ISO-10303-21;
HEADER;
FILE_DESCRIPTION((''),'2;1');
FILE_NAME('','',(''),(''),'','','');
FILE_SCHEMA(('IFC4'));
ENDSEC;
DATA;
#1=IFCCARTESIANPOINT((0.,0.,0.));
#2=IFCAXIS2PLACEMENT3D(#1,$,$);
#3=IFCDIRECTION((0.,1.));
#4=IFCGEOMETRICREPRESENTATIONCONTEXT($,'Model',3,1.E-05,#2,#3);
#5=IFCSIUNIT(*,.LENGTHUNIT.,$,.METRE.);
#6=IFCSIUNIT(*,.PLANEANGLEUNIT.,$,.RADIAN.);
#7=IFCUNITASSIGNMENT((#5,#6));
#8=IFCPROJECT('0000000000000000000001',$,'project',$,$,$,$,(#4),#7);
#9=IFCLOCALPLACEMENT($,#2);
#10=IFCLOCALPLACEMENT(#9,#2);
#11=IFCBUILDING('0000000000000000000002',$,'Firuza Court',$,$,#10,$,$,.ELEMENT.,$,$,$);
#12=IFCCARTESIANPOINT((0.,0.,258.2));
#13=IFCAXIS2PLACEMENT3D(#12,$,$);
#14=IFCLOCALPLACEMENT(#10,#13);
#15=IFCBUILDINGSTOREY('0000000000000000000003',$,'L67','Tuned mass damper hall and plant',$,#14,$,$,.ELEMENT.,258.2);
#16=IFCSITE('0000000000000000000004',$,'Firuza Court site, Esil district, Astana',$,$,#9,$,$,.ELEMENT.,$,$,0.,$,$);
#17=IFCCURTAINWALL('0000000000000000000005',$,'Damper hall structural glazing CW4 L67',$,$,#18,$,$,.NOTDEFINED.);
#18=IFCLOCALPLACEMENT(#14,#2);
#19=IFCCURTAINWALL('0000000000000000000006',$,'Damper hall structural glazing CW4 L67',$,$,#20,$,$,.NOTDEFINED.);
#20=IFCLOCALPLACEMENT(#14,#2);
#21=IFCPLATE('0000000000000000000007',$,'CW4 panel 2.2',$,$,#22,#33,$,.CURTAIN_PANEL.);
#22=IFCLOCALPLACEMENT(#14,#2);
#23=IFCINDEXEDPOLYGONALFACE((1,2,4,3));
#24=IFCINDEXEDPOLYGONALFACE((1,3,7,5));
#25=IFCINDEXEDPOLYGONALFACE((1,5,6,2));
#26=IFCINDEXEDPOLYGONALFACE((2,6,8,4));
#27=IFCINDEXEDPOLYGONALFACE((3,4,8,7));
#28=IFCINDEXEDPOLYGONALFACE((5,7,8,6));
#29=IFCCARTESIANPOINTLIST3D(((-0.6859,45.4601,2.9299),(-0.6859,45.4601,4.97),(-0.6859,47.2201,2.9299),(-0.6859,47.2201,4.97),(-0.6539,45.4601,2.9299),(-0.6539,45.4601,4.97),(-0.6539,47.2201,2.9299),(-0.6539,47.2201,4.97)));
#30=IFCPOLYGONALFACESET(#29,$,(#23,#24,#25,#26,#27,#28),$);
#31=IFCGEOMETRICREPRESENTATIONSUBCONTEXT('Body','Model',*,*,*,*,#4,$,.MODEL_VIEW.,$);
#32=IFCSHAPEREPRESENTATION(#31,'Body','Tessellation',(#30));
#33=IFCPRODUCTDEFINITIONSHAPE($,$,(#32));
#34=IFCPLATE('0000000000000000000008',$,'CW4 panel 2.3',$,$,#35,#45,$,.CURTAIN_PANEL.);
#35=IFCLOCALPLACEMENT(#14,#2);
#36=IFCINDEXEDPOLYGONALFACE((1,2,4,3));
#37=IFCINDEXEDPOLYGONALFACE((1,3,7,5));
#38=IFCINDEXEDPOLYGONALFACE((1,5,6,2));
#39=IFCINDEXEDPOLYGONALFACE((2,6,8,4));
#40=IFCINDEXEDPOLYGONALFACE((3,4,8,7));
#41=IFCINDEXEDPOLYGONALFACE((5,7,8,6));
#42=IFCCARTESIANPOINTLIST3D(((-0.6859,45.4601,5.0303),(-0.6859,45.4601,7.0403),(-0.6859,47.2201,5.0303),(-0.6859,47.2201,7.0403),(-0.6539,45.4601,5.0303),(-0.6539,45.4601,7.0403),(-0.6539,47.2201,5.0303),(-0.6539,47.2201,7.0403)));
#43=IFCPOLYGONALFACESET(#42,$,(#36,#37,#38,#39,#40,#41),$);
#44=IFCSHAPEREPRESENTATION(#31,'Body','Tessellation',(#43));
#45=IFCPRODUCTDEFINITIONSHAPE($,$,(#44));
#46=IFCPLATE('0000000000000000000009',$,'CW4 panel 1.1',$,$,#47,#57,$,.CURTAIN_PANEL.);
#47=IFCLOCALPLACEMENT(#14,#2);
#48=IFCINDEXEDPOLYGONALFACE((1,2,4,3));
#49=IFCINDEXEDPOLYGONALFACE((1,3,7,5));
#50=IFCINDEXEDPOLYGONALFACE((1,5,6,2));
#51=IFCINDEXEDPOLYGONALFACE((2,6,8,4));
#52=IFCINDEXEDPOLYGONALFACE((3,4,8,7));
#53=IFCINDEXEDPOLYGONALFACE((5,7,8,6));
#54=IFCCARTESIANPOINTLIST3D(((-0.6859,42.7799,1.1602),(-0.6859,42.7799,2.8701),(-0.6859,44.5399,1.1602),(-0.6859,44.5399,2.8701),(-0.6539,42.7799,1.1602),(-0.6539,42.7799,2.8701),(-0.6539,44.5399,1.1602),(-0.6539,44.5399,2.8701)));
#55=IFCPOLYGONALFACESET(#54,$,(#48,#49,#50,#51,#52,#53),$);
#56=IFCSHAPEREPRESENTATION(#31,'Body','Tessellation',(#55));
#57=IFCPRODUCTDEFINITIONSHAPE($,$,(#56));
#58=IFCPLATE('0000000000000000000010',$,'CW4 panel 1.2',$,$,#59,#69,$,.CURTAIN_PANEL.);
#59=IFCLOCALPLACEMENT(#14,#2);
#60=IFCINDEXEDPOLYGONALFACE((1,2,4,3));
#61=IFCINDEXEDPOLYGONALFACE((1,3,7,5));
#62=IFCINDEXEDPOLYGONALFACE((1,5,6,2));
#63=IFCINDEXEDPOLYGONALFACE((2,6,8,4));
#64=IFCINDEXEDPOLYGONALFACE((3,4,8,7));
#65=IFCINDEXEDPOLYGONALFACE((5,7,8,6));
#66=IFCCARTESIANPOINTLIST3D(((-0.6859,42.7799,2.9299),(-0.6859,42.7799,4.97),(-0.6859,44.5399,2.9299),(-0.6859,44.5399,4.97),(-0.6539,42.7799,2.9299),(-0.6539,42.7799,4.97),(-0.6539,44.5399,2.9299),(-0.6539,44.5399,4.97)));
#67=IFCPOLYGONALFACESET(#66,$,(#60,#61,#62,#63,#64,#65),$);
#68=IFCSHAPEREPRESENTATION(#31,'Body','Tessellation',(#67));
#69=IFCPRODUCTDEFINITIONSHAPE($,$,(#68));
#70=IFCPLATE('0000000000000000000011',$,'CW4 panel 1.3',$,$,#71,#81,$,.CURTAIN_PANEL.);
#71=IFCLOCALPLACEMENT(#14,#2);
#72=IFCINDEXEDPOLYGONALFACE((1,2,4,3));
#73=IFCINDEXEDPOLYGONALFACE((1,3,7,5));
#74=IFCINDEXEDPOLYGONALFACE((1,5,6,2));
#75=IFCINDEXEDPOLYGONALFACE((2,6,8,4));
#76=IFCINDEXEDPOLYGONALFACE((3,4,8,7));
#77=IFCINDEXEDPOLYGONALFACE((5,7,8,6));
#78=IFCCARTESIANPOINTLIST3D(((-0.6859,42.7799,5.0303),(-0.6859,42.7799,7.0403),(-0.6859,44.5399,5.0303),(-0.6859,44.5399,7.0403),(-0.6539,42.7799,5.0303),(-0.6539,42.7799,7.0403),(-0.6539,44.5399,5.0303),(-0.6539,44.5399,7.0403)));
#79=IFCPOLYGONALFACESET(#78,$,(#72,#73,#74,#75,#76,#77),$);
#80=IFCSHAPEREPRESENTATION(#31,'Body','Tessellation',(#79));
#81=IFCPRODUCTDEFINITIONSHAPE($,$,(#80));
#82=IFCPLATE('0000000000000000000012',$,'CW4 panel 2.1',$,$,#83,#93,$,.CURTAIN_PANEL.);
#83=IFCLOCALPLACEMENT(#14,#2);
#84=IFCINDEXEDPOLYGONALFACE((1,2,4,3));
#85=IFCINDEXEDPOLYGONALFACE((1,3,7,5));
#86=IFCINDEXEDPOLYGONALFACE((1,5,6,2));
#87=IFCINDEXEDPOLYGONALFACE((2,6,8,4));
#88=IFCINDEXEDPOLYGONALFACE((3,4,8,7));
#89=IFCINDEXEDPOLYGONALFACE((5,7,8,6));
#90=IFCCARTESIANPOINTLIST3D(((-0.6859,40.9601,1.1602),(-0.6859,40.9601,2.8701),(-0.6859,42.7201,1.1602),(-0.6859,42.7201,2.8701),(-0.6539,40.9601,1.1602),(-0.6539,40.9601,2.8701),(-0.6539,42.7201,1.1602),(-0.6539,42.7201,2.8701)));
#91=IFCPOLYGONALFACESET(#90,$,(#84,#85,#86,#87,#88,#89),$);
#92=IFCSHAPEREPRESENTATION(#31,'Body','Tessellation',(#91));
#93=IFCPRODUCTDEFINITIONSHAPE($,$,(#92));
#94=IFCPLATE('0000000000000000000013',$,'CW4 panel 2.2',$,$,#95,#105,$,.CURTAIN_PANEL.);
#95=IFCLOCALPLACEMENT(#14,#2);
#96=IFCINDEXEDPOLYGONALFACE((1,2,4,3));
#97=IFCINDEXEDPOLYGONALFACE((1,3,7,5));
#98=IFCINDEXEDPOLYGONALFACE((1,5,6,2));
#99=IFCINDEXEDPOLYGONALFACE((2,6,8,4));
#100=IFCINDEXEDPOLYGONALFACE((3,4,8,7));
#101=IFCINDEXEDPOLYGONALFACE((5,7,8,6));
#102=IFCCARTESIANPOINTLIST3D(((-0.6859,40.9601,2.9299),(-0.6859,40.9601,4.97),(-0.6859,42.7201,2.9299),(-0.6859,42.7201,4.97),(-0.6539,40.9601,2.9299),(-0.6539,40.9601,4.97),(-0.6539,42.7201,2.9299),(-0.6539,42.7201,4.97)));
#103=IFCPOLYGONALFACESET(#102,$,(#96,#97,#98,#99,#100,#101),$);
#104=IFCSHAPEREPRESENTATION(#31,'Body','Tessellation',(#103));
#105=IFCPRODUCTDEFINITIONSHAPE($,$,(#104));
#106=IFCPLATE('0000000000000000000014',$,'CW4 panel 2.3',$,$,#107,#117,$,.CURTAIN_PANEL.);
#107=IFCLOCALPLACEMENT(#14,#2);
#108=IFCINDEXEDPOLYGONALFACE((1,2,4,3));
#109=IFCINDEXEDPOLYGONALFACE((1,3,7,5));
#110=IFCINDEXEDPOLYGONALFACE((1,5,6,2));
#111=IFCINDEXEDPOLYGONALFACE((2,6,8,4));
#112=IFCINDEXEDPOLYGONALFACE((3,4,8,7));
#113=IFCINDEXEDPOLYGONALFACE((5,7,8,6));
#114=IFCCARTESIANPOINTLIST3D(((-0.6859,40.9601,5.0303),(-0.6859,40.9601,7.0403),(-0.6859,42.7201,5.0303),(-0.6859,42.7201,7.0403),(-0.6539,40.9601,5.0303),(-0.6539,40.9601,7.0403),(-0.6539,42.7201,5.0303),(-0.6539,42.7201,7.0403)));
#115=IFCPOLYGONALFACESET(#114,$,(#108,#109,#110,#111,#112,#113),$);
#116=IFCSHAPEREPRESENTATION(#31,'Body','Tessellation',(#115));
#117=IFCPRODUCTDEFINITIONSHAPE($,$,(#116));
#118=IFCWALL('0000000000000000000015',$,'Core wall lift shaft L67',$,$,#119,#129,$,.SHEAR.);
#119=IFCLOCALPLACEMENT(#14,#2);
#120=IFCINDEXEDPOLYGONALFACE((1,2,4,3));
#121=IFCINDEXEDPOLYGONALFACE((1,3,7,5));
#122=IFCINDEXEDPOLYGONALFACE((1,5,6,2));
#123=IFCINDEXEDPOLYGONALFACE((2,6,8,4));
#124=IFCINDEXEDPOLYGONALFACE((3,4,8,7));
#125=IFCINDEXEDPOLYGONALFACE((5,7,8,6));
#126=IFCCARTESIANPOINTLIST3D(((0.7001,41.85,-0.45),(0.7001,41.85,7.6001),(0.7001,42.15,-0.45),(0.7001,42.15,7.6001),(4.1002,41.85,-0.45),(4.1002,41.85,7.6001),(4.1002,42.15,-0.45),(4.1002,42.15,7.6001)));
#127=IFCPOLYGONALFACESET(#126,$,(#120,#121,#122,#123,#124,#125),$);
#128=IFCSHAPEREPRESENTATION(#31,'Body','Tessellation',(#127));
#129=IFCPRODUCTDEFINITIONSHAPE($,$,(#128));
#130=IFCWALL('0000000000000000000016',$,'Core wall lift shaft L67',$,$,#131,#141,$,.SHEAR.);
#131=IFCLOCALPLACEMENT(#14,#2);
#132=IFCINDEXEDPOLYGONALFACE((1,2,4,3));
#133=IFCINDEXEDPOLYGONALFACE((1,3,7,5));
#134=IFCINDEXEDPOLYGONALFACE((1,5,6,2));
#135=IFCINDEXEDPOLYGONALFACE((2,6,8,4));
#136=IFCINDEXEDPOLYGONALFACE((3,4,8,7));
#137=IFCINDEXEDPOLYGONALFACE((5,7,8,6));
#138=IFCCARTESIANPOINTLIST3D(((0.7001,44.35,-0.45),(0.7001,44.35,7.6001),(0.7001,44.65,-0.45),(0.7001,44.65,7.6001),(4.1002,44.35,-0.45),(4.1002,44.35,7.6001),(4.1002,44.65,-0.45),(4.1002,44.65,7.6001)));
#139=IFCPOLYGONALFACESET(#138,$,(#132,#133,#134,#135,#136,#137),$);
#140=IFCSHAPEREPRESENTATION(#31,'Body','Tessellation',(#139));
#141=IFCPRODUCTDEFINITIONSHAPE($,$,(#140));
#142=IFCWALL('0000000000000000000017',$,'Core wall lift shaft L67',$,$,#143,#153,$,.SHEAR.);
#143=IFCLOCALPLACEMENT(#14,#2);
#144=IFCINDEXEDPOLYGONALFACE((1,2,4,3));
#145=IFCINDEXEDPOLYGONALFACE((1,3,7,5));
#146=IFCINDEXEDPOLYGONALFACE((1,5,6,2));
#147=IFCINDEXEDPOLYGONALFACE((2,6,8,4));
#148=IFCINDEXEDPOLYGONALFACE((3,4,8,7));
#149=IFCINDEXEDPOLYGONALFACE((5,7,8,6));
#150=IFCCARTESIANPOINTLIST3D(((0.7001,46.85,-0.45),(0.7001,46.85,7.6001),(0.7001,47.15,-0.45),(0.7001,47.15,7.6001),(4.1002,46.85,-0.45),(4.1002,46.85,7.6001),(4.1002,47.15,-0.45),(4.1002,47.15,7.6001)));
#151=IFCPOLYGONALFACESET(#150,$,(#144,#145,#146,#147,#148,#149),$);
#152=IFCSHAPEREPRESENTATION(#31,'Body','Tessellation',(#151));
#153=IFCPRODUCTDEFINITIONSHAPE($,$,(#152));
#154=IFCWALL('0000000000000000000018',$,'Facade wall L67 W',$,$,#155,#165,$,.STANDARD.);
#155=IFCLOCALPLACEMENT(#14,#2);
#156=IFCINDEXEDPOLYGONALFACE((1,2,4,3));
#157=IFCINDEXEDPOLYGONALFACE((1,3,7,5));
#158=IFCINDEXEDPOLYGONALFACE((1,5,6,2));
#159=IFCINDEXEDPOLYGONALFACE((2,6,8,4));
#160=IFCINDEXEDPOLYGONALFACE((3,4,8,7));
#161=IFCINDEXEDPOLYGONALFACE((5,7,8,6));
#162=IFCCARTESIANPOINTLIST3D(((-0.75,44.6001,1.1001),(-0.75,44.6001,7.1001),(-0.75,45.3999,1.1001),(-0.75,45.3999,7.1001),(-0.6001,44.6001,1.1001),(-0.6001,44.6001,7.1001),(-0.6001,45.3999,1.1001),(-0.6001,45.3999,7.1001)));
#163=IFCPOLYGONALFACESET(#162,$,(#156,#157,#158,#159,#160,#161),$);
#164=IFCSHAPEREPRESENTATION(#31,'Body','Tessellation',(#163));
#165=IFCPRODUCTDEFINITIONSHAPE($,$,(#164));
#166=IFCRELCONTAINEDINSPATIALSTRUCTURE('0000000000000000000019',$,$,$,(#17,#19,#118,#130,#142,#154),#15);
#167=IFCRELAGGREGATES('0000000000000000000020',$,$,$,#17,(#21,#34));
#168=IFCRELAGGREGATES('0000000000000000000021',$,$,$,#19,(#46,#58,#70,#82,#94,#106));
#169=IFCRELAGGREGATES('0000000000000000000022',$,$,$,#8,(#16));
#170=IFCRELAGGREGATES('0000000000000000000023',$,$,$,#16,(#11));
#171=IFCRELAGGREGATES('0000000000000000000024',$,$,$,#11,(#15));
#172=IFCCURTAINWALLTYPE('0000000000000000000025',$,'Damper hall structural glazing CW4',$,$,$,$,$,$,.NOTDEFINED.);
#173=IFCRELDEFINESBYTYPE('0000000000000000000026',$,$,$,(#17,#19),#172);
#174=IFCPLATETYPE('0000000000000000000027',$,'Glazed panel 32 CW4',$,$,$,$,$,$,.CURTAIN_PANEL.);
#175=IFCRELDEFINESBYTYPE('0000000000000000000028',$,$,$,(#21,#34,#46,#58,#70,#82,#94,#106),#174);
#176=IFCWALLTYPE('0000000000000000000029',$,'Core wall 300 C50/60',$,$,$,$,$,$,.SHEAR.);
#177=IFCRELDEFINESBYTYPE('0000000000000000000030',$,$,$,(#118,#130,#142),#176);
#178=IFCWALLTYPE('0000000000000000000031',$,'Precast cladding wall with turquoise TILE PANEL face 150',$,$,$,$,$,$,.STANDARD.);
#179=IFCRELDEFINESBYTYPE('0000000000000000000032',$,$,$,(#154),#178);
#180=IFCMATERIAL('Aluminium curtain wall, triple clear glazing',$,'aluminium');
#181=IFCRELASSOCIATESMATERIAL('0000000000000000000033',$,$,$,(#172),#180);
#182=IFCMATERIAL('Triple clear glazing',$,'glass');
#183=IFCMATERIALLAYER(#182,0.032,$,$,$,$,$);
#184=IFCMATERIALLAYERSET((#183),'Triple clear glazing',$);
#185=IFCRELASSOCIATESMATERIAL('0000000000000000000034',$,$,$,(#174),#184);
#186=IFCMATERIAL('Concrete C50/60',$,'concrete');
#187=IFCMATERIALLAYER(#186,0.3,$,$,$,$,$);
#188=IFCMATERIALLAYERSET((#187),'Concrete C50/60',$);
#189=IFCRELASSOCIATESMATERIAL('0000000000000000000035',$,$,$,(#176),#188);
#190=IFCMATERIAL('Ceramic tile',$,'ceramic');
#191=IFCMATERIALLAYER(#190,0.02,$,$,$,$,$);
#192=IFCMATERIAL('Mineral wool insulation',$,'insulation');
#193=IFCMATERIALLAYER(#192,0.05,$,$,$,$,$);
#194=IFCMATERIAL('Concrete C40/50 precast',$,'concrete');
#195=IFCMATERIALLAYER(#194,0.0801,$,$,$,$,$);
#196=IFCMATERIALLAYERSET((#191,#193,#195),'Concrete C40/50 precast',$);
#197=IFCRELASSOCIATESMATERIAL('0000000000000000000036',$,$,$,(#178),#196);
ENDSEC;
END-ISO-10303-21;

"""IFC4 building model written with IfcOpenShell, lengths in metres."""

from ifc_helpers import new_model, si_unit, direction, frame, frame_2d, origin, origin_2d, place, context, subcontext, project, spatial, rectangle, extrude, material, layer, layer_set, type_object, element, aggregate, save


model = new_model("IFC4")

# Units and contexts
model_context = context("Model", 3, precision=1e-05, world=origin(), true_north=direction((0.0, 1.0)))
body_context = subcontext(model_context, "Body", "Model", "MODEL_VIEW")
ifc_project = project(units=[si_unit("LENGTHUNIT", "METRE"), si_unit("PLANEANGLEUNIT", "RADIAN")], contexts=[model_context])

# Site, building, storey
site_placement = place(None, origin())
site = spatial("IfcSite", under=ifc_project, at=site_placement, Name="Firuza Court site, Esil district, Astana", CompositionType="ELEMENT", RefElevation=0.0)
building_placement = place(site_placement, origin())
building = spatial("IfcBuilding", under=site, at=building_placement, Name="Firuza Court", CompositionType="ELEMENT")
storey_placement = place(building_placement, frame((0.0, 0.0, 258.2)))
storey = spatial("IfcBuildingStorey", under=building, at=storey_placement, Name="L67", Description="Tuned mass damper hall and plant", CompositionType="ELEMENT", Elevation=258.2)

# Curtain wall
ifc_material_1 = material(Name="Aluminium curtain wall, triple clear glazing", Category="aluminium")
curtain_wall_type = type_object("IfcCurtainWallType", Name="Damper hall structural glazing CW4", PredefinedType="NOTDEFINED", material=ifc_material_1)
curtain_wall_1_placement = place(storey_placement, origin())
curtain_wall_1 = element("IfcCurtainWall", 1, at=curtain_wall_1_placement, inside=storey, type_object=curtain_wall_type, Name="Damper hall structural glazing CW4 L67", PredefinedType="NOTDEFINED")

# Curtain wall
curtain_wall_2_placement = place(storey_placement, origin())
curtain_wall_2 = element("IfcCurtainWall", 2, at=curtain_wall_2_placement, inside=storey, type_object=curtain_wall_type, Name="Damper hall structural glazing CW4 L67", PredefinedType="NOTDEFINED")

# Plates
ifc_material_2 = material(Name="Triple clear glazing", Category="glass")
ifc_layer_1 = layer(ifc_material_2, 0.032)
ifc_layer_set_1 = layer_set([ifc_layer_1], Name="Triple clear glazing")
plate_type = type_object("IfcPlateType", Name="Glazed panel 32 CW4", PredefinedType="CURTAIN_PANEL", material=ifc_layer_set_1)
plate_1_placement = place(storey_placement, frame((-0.6699, 46.3401, 2.9299), z_axis=(0.0, 0.0, 1.0), x_axis=(0.0, -1.0, 0.0)))
plate_1 = element("IfcPlate", 3, at=plate_1_placement, type_object=plate_type, Name="CW4 panel 2.2", PredefinedType="CURTAIN_PANEL", context=body_context, shape_type="SweptSolid", body=[
    extrude(rectangle(XDim=1.76, YDim=0.032, at=origin_2d()), origin(), (0.0, 0.0, 1.0), 2.04),
])
plate_2_placement = place(storey_placement, frame((-0.6699, 46.3401, 5.0303), z_axis=(0.0, 0.0, 1.0), x_axis=(0.0, -1.0, 0.0)))
plate_2 = element("IfcPlate", 4, at=plate_2_placement, type_object=plate_type, Name="CW4 panel 2.3", PredefinedType="CURTAIN_PANEL", context=body_context, shape_type="SweptSolid", body=[
    extrude(rectangle(XDim=1.76, YDim=0.032, at=origin_2d()), origin(), (0.0, 0.0, 1.0), 2.01),
])
aggregate(curtain_wall_1, [plate_1, plate_2])
plate_3_placement = place(storey_placement, frame((-0.6699, 43.6599, 1.1602), z_axis=(0.0, 0.0, 1.0), x_axis=(0.0, -1.0, 0.0)))
plate_3 = element("IfcPlate", 5, at=plate_3_placement, type_object=plate_type, Name="CW4 panel 1.1", PredefinedType="CURTAIN_PANEL", context=body_context, shape_type="SweptSolid", body=[
    extrude(rectangle(XDim=1.76, YDim=0.032, at=origin_2d()), origin(), (0.0, 0.0, 1.0), 1.71),
])
plate_4_placement = place(storey_placement, frame((-0.6699, 43.6599, 2.9299), z_axis=(0.0, 0.0, 1.0), x_axis=(0.0, -1.0, 0.0)))
plate_4 = element("IfcPlate", 6, at=plate_4_placement, type_object=plate_type, Name="CW4 panel 1.2", PredefinedType="CURTAIN_PANEL", context=body_context, shape_type="SweptSolid", body=[
    extrude(rectangle(XDim=1.76, YDim=0.032, at=origin_2d()), origin(), (0.0, 0.0, 1.0), 2.04),
])
plate_5_placement = place(storey_placement, frame((-0.6699, 43.6599, 5.0303), z_axis=(0.0, 0.0, 1.0), x_axis=(0.0, -1.0, 0.0)))
plate_5 = element("IfcPlate", 7, at=plate_5_placement, type_object=plate_type, Name="CW4 panel 1.3", PredefinedType="CURTAIN_PANEL", context=body_context, shape_type="SweptSolid", body=[
    extrude(rectangle(XDim=1.76, YDim=0.032, at=origin_2d()), origin(), (0.0, 0.0, 1.0), 2.01),
])
plate_6_placement = place(storey_placement, frame((-0.6699, 41.8401, 1.1602), z_axis=(0.0, 0.0, 1.0), x_axis=(0.0, -1.0, 0.0)))
plate_6 = element("IfcPlate", 8, at=plate_6_placement, type_object=plate_type, Name="CW4 panel 2.1", PredefinedType="CURTAIN_PANEL", context=body_context, shape_type="SweptSolid", body=[
    extrude(rectangle(XDim=1.76, YDim=0.032, at=origin_2d()), origin(), (0.0, 0.0, 1.0), 1.71),
])
plate_7_placement = place(storey_placement, frame((-0.6699, 41.8401, 2.9299), z_axis=(0.0, 0.0, 1.0), x_axis=(0.0, -1.0, 0.0)))
plate_7 = element("IfcPlate", 9, at=plate_7_placement, type_object=plate_type, Name="CW4 panel 2.2", PredefinedType="CURTAIN_PANEL", context=body_context, shape_type="SweptSolid", body=[
    extrude(rectangle(XDim=1.76, YDim=0.032, at=origin_2d()), origin(), (0.0, 0.0, 1.0), 2.04),
])
plate_8_placement = place(storey_placement, frame((-0.6699, 41.8401, 5.0303), z_axis=(0.0, 0.0, 1.0), x_axis=(0.0, -1.0, 0.0)))
plate_8 = element("IfcPlate", 10, at=plate_8_placement, type_object=plate_type, Name="CW4 panel 2.3", PredefinedType="CURTAIN_PANEL", context=body_context, shape_type="SweptSolid", body=[
    extrude(rectangle(XDim=1.76, YDim=0.032, at=origin_2d()), origin(), (0.0, 0.0, 1.0), 2.01),
])
aggregate(curtain_wall_2, [plate_3, plate_4, plate_5, plate_6, plate_7, plate_8])

# Walls
ifc_material_3 = material(Name="Concrete C50/60", Category="concrete")
ifc_layer_2 = layer(ifc_material_3, 0.3)
ifc_layer_set_2 = layer_set([ifc_layer_2], Name="Concrete C50/60")
wall_type_1 = type_object("IfcWallType", Name="Core wall 300 C50/60", PredefinedType="SHEAR", material=ifc_layer_set_2)
for number, where, z_axis, x_axis, name in (
    (11, (0.7, 42.0, -0.45), (0.0, 0.0, 1.0), (1.0, 0.0, 0.0), "Core wall lift shaft L67"),
    (12, (0.7, 44.5, -0.45), (0.0, 0.0, 1.0), (1.0, 0.0, 0.0), "Core wall lift shaft L67"),
    (13, (0.7, 47.0, -0.45), (0.0, 0.0, 1.0), (1.0, 0.0, 0.0), "Core wall lift shaft L67"),
):
    element("IfcWall", number, at=place(storey_placement, frame(where, z_axis=z_axis, x_axis=x_axis)), inside=storey, type_object=wall_type_1, Name=name, PredefinedType="SHEAR", context=body_context, shape_type="SweptSolid", body=[
        extrude(rectangle(XDim=3.4001, YDim=0.3, at=frame_2d((1.7002, 0.0))), origin(), (0.0, 0.0, 1.0), 8.05),
    ])
ifc_material_4 = material(Name="Ceramic tile", Category="ceramic")
ifc_layer_3 = layer(ifc_material_4, 0.02)
ifc_material_5 = material(Name="Mineral wool insulation", Category="insulation")
ifc_layer_4 = layer(ifc_material_5, 0.05)
ifc_material_6 = material(Name="Concrete C40/50 precast", Category="concrete")
ifc_layer_5 = layer(ifc_material_6, 0.0801)
ifc_layer_set_3 = layer_set([ifc_layer_3, ifc_layer_4, ifc_layer_5], Name="Concrete C40/50 precast")
wall_type_2 = type_object("IfcWallType", Name="Precast cladding wall with turquoise TILE PANEL face 150", PredefinedType="STANDARD", material=ifc_layer_set_3)
wall_placement = place(storey_placement, frame((-0.675, 45.3999, 1.1001), z_axis=(0.0, 0.0, 1.0), x_axis=(0.0, -1.0, 0.0)))
element("IfcWall", 14, at=wall_placement, inside=storey, type_object=wall_type_2, Name="Facade wall L67 W", PredefinedType="STANDARD", context=body_context, shape_type="SweptSolid", body=[
    extrude(rectangle(XDim=0.7998, YDim=0.1499, at=frame_2d((0.3999, 0.0))), origin(), (0.0, 0.0, 1.0), 6.0),
])

save(model, "model.ifc")
